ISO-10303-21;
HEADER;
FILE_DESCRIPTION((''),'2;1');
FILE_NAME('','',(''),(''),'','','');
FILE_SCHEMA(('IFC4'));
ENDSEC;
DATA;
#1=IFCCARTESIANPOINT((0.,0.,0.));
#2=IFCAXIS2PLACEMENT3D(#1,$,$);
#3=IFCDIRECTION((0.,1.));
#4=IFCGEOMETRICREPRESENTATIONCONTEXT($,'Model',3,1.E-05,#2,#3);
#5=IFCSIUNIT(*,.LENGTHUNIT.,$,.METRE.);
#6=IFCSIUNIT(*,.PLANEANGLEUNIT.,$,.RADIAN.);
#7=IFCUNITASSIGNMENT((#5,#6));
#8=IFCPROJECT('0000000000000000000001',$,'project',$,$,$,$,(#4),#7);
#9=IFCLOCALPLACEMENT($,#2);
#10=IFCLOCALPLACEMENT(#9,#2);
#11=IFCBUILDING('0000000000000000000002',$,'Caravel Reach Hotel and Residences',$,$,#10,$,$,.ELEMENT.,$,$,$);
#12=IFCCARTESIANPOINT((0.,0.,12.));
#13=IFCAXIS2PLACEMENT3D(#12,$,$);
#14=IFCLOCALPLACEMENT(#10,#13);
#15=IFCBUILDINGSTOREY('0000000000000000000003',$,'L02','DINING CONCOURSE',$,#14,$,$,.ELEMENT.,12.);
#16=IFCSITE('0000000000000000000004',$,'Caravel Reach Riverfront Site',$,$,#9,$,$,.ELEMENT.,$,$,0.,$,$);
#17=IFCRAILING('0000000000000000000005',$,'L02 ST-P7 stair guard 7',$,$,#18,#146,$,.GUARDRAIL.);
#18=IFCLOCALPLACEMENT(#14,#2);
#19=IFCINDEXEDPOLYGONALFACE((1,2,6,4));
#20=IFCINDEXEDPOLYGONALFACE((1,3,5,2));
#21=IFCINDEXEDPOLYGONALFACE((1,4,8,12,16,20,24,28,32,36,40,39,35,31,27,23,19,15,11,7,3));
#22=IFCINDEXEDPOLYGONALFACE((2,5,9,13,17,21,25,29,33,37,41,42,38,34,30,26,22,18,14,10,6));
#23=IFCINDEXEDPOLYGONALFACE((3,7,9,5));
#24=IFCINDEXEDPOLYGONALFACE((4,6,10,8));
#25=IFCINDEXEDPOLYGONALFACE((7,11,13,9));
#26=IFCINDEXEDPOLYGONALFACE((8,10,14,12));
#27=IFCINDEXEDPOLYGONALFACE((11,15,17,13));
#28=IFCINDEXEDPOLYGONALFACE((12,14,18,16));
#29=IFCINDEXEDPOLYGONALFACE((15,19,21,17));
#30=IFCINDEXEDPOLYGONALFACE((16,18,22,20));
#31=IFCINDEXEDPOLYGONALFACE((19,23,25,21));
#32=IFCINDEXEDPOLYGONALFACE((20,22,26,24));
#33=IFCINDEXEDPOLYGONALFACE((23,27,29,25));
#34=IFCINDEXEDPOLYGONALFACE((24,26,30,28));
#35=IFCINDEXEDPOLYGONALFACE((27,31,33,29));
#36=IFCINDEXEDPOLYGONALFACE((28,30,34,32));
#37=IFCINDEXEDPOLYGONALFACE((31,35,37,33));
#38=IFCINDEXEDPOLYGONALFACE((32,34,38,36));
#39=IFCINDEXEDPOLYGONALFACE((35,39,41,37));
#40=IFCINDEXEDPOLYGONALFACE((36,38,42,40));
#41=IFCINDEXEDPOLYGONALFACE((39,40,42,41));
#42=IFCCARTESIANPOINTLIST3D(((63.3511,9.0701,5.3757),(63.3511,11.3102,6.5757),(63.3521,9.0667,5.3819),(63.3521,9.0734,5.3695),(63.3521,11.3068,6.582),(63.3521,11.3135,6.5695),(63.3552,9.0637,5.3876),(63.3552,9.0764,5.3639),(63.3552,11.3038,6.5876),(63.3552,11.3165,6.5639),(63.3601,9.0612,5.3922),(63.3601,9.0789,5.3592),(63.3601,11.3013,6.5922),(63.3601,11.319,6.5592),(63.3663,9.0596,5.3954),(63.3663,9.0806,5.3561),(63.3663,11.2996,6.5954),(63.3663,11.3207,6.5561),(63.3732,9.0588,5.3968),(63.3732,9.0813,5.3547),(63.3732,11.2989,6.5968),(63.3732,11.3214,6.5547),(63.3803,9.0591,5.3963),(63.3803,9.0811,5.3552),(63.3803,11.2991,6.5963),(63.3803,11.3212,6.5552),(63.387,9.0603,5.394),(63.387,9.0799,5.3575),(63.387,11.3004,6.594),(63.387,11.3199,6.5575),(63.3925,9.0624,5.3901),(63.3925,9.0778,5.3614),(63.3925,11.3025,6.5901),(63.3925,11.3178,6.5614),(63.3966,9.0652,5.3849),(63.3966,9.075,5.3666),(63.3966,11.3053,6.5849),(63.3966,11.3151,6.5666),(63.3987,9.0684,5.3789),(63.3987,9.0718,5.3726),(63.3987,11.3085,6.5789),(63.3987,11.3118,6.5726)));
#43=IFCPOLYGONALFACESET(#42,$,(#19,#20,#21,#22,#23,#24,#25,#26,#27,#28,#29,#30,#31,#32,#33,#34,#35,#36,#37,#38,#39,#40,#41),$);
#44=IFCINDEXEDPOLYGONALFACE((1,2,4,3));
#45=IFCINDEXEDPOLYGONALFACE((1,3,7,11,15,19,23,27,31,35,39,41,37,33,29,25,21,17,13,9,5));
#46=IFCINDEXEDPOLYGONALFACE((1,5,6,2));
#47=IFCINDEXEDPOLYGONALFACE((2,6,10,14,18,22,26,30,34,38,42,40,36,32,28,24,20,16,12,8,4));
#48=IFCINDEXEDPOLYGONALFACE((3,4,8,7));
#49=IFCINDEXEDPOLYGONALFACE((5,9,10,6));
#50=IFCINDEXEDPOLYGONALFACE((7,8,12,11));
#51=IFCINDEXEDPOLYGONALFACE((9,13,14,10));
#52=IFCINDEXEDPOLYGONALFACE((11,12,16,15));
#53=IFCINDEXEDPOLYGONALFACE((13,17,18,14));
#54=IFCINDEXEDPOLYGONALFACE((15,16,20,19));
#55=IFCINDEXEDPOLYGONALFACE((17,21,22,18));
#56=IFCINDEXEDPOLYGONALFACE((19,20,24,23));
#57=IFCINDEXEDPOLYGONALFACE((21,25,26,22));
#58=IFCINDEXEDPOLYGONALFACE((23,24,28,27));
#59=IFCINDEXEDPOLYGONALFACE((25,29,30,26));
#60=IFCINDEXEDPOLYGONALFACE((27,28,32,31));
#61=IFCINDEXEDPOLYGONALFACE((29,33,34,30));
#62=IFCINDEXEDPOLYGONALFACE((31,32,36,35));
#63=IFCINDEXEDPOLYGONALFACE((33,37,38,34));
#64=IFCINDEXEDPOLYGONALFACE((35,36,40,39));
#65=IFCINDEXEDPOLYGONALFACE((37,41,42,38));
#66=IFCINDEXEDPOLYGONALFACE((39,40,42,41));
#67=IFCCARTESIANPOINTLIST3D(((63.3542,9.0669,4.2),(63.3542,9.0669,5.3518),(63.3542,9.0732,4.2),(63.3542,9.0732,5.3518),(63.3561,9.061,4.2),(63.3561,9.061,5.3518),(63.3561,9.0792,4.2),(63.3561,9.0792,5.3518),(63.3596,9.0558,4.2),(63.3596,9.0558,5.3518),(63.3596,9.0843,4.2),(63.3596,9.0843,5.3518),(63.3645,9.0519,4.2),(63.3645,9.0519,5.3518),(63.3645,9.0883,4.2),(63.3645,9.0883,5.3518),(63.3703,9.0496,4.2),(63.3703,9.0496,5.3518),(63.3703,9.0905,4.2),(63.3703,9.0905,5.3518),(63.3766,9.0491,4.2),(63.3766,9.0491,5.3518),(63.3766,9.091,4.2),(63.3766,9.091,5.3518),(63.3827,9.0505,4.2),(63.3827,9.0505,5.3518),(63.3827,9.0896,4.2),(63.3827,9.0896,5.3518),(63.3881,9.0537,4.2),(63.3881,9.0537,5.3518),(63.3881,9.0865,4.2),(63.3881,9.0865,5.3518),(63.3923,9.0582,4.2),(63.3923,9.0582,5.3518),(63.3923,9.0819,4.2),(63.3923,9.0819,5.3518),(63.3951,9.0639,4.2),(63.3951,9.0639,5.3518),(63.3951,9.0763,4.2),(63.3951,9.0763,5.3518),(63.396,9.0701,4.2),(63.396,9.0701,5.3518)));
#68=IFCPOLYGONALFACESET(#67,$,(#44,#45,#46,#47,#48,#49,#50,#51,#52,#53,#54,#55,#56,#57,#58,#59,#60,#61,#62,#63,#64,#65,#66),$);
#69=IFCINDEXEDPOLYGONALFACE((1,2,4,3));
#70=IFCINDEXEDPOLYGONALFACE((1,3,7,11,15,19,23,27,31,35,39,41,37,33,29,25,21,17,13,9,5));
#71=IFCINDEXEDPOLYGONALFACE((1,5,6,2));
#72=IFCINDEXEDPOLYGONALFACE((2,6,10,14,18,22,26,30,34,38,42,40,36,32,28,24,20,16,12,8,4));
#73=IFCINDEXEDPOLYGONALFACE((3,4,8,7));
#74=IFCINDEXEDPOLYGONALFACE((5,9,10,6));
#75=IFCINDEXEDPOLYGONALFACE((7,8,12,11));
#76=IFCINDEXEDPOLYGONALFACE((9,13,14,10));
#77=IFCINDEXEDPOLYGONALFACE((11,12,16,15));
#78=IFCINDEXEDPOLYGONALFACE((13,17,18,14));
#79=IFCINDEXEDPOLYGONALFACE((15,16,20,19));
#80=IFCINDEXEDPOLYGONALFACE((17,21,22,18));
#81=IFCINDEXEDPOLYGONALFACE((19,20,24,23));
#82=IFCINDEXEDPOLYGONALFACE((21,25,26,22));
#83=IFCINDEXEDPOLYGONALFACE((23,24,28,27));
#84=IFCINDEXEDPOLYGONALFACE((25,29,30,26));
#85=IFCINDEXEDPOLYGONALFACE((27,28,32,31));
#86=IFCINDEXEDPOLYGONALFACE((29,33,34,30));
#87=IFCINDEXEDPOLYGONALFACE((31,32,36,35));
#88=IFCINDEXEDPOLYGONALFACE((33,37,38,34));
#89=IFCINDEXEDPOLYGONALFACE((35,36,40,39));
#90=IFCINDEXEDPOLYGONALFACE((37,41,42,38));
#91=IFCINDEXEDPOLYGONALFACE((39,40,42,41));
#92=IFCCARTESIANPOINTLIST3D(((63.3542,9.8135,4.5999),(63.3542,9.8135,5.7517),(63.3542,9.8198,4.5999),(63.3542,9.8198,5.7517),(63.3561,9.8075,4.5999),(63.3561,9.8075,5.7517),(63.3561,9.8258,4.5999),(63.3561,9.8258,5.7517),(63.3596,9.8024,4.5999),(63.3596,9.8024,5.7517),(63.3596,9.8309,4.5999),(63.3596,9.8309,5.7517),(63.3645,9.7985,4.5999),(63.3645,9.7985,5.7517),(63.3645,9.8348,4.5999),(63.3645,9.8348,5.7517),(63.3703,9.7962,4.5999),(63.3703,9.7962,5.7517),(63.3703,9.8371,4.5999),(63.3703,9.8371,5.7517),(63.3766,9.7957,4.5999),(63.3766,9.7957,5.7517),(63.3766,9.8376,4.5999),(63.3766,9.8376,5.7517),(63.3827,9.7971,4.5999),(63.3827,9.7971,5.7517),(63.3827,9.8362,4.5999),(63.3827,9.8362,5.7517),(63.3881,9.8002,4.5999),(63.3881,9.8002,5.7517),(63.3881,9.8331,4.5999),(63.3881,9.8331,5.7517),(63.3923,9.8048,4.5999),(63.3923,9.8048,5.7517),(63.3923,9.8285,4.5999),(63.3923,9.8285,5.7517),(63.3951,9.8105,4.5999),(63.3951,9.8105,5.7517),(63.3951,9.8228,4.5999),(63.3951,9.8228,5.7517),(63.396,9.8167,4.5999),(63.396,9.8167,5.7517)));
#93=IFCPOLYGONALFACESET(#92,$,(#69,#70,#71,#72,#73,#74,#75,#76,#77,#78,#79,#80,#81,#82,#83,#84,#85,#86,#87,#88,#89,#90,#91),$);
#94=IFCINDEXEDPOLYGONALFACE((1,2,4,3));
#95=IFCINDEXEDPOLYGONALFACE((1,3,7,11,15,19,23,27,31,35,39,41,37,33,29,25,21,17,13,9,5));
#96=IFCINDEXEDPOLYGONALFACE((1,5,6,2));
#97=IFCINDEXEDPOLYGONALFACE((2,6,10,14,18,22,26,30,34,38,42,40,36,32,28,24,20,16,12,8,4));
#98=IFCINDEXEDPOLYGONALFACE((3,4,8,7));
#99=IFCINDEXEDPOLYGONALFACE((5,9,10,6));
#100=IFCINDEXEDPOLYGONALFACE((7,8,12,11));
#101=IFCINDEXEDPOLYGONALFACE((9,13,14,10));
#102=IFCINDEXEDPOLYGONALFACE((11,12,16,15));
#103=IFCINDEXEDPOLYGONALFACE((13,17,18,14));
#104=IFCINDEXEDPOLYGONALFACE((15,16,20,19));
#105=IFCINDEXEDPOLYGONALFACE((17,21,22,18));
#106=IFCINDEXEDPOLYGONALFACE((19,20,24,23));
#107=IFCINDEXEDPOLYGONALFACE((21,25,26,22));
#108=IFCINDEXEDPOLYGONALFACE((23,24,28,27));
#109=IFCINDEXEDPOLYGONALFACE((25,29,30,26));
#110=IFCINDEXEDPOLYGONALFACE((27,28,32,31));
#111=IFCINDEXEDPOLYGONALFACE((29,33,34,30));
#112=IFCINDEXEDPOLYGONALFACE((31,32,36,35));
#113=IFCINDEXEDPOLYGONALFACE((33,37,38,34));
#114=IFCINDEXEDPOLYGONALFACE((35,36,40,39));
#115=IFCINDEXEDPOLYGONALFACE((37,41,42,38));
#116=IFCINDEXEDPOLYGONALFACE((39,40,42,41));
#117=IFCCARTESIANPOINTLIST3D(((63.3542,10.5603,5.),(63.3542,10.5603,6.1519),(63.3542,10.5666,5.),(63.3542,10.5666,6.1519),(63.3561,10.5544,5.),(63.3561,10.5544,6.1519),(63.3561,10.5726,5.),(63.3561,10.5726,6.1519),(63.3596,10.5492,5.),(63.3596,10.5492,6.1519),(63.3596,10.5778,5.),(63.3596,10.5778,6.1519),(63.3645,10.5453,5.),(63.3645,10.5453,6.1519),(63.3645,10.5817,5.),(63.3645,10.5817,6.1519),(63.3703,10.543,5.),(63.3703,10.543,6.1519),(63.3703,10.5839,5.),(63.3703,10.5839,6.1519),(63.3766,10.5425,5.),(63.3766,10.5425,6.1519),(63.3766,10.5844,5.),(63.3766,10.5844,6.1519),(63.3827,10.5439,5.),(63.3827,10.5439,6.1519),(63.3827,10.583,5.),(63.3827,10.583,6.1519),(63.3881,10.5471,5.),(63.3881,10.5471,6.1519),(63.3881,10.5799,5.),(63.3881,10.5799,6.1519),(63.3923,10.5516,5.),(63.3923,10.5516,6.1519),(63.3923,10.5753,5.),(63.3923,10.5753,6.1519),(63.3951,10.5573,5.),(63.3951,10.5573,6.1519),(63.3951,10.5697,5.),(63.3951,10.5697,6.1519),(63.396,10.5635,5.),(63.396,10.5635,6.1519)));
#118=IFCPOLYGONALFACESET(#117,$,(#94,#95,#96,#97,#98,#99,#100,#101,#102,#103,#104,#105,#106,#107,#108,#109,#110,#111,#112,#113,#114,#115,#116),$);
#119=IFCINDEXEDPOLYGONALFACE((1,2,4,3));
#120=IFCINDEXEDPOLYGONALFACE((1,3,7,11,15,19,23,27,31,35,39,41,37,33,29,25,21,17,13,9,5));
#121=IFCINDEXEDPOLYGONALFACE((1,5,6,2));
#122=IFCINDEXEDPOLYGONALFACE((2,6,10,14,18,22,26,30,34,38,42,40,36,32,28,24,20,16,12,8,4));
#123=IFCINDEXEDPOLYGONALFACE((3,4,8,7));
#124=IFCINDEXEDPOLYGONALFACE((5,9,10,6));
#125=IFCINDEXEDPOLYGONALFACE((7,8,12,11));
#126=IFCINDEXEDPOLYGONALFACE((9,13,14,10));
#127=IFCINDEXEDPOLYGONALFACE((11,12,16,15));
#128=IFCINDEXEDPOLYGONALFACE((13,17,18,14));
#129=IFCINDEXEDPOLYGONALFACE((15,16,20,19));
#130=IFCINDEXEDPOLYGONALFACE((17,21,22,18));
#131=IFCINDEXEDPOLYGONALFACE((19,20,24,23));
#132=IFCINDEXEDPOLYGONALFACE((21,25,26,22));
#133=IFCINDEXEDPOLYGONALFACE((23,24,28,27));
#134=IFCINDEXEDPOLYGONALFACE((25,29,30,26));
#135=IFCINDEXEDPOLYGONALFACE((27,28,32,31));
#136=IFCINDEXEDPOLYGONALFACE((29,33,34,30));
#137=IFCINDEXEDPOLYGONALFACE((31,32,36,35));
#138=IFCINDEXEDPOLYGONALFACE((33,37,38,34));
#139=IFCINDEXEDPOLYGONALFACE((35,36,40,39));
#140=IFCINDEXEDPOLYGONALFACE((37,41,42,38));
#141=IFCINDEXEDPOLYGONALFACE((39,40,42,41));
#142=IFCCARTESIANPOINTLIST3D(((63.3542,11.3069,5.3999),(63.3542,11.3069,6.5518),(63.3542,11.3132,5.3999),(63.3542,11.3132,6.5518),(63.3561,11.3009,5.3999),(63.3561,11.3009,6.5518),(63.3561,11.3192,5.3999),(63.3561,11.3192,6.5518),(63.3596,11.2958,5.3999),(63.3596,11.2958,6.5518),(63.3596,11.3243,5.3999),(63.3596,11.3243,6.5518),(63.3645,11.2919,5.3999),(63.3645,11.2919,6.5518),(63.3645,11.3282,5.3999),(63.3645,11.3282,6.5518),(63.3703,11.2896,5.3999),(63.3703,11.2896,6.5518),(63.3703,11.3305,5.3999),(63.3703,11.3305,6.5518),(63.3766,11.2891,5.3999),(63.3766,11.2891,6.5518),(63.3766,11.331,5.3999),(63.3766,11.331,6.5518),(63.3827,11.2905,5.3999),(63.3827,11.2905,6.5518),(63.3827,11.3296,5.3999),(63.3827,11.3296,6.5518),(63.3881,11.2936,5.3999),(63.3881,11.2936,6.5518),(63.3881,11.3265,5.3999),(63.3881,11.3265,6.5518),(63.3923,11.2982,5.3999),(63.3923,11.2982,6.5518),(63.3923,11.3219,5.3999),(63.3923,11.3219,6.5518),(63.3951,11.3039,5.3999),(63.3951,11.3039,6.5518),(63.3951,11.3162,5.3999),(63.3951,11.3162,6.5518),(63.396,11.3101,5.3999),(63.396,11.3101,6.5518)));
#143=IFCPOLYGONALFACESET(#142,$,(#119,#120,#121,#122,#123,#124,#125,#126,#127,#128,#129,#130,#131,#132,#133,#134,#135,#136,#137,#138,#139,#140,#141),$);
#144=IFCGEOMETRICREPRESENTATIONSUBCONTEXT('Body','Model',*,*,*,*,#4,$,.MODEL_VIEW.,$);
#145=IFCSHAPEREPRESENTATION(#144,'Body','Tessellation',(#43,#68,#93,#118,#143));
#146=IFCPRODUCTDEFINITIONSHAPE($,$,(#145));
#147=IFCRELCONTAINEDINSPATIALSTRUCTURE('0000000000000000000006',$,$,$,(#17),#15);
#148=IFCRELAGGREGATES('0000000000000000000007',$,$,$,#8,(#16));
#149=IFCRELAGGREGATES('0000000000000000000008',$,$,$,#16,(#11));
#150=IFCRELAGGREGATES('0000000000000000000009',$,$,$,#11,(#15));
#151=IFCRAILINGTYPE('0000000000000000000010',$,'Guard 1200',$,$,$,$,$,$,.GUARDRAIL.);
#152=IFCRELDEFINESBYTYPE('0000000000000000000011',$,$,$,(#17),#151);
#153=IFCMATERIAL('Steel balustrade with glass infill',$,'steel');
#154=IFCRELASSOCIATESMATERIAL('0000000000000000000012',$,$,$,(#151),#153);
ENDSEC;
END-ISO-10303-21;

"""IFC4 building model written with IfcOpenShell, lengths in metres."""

from ifc_helpers import new_model, si_unit, direction, frame, origin, origin_2d, place, context, subcontext, project, spatial, circle, extrude, material, type_object, element, save


model = new_model("IFC4")

# Units and contexts
model_context = context("Model", 3, precision=1e-05, world=origin(), true_north=direction((0.0, 1.0)))
body_context = subcontext(model_context, "Body", "Model", "MODEL_VIEW")
ifc_project = project(units=[si_unit("LENGTHUNIT", "METRE"), si_unit("PLANEANGLEUNIT", "RADIAN")], contexts=[model_context])

# Site, building, storey
site_placement = place(None, origin())
site = spatial("IfcSite", under=ifc_project, at=site_placement, Name="Caravel Reach Riverfront Site", CompositionType="ELEMENT", RefElevation=0.0)
building_placement = place(site_placement, origin())
building = spatial("IfcBuilding", under=site, at=building_placement, Name="Caravel Reach Hotel and Residences", CompositionType="ELEMENT")
storey_placement = place(building_placement, frame((0.0, 0.0, 12.0)))
storey = spatial("IfcBuildingStorey", under=building, at=storey_placement, Name="L02", Description="DINING CONCOURSE", CompositionType="ELEMENT", Elevation=12.0)

# Railing
ifc_material_1 = material(Name="Steel balustrade with glass infill", Category="steel")
railing_type_1 = type_object("IfcRailingType", Name="Guard 1200", PredefinedType="GUARDRAIL", material=ifc_material_1)
railing_1_placement = place(storey_placement, frame((63.375, 9.0701, 4.2)))
element("IfcRailing", 1, at=railing_1_placement, inside=storey, type_object=railing_type_1, Name="L02 ST-P7 stair guard 7", PredefinedType="GUARDRAIL", context=body_context, shape_type="SweptSolid", body=[
    extrude(circle(Radius=0.0239, at=origin_2d()), frame((0.0, 0.0, 1.1758), z_axis=(0.0, 0.881487, 0.472208), x_axis=(-1.0, 0.0, 0.0)), (0.0, 0.0, 1.0), 2.5413),
    extrude(circle(Radius=0.021, at=origin_2d()), origin(), (0.0, 0.0, 1.0), 1.1519),
    extrude(circle(Radius=0.021, at=origin_2d()), frame((0.0, 0.7466, 0.3999)), (0.0, 0.0, 1.0), 1.1519),
    extrude(circle(Radius=0.021, at=origin_2d()), frame((0.0, 1.4934, 0.8)), (0.0, 0.0, 1.0), 1.1519),
    extrude(circle(Radius=0.021, at=origin_2d()), frame((0.0, 2.24, 1.2)), (0.0, 0.0, 1.0), 1.1519),
])

save(model, "model.ifc")
